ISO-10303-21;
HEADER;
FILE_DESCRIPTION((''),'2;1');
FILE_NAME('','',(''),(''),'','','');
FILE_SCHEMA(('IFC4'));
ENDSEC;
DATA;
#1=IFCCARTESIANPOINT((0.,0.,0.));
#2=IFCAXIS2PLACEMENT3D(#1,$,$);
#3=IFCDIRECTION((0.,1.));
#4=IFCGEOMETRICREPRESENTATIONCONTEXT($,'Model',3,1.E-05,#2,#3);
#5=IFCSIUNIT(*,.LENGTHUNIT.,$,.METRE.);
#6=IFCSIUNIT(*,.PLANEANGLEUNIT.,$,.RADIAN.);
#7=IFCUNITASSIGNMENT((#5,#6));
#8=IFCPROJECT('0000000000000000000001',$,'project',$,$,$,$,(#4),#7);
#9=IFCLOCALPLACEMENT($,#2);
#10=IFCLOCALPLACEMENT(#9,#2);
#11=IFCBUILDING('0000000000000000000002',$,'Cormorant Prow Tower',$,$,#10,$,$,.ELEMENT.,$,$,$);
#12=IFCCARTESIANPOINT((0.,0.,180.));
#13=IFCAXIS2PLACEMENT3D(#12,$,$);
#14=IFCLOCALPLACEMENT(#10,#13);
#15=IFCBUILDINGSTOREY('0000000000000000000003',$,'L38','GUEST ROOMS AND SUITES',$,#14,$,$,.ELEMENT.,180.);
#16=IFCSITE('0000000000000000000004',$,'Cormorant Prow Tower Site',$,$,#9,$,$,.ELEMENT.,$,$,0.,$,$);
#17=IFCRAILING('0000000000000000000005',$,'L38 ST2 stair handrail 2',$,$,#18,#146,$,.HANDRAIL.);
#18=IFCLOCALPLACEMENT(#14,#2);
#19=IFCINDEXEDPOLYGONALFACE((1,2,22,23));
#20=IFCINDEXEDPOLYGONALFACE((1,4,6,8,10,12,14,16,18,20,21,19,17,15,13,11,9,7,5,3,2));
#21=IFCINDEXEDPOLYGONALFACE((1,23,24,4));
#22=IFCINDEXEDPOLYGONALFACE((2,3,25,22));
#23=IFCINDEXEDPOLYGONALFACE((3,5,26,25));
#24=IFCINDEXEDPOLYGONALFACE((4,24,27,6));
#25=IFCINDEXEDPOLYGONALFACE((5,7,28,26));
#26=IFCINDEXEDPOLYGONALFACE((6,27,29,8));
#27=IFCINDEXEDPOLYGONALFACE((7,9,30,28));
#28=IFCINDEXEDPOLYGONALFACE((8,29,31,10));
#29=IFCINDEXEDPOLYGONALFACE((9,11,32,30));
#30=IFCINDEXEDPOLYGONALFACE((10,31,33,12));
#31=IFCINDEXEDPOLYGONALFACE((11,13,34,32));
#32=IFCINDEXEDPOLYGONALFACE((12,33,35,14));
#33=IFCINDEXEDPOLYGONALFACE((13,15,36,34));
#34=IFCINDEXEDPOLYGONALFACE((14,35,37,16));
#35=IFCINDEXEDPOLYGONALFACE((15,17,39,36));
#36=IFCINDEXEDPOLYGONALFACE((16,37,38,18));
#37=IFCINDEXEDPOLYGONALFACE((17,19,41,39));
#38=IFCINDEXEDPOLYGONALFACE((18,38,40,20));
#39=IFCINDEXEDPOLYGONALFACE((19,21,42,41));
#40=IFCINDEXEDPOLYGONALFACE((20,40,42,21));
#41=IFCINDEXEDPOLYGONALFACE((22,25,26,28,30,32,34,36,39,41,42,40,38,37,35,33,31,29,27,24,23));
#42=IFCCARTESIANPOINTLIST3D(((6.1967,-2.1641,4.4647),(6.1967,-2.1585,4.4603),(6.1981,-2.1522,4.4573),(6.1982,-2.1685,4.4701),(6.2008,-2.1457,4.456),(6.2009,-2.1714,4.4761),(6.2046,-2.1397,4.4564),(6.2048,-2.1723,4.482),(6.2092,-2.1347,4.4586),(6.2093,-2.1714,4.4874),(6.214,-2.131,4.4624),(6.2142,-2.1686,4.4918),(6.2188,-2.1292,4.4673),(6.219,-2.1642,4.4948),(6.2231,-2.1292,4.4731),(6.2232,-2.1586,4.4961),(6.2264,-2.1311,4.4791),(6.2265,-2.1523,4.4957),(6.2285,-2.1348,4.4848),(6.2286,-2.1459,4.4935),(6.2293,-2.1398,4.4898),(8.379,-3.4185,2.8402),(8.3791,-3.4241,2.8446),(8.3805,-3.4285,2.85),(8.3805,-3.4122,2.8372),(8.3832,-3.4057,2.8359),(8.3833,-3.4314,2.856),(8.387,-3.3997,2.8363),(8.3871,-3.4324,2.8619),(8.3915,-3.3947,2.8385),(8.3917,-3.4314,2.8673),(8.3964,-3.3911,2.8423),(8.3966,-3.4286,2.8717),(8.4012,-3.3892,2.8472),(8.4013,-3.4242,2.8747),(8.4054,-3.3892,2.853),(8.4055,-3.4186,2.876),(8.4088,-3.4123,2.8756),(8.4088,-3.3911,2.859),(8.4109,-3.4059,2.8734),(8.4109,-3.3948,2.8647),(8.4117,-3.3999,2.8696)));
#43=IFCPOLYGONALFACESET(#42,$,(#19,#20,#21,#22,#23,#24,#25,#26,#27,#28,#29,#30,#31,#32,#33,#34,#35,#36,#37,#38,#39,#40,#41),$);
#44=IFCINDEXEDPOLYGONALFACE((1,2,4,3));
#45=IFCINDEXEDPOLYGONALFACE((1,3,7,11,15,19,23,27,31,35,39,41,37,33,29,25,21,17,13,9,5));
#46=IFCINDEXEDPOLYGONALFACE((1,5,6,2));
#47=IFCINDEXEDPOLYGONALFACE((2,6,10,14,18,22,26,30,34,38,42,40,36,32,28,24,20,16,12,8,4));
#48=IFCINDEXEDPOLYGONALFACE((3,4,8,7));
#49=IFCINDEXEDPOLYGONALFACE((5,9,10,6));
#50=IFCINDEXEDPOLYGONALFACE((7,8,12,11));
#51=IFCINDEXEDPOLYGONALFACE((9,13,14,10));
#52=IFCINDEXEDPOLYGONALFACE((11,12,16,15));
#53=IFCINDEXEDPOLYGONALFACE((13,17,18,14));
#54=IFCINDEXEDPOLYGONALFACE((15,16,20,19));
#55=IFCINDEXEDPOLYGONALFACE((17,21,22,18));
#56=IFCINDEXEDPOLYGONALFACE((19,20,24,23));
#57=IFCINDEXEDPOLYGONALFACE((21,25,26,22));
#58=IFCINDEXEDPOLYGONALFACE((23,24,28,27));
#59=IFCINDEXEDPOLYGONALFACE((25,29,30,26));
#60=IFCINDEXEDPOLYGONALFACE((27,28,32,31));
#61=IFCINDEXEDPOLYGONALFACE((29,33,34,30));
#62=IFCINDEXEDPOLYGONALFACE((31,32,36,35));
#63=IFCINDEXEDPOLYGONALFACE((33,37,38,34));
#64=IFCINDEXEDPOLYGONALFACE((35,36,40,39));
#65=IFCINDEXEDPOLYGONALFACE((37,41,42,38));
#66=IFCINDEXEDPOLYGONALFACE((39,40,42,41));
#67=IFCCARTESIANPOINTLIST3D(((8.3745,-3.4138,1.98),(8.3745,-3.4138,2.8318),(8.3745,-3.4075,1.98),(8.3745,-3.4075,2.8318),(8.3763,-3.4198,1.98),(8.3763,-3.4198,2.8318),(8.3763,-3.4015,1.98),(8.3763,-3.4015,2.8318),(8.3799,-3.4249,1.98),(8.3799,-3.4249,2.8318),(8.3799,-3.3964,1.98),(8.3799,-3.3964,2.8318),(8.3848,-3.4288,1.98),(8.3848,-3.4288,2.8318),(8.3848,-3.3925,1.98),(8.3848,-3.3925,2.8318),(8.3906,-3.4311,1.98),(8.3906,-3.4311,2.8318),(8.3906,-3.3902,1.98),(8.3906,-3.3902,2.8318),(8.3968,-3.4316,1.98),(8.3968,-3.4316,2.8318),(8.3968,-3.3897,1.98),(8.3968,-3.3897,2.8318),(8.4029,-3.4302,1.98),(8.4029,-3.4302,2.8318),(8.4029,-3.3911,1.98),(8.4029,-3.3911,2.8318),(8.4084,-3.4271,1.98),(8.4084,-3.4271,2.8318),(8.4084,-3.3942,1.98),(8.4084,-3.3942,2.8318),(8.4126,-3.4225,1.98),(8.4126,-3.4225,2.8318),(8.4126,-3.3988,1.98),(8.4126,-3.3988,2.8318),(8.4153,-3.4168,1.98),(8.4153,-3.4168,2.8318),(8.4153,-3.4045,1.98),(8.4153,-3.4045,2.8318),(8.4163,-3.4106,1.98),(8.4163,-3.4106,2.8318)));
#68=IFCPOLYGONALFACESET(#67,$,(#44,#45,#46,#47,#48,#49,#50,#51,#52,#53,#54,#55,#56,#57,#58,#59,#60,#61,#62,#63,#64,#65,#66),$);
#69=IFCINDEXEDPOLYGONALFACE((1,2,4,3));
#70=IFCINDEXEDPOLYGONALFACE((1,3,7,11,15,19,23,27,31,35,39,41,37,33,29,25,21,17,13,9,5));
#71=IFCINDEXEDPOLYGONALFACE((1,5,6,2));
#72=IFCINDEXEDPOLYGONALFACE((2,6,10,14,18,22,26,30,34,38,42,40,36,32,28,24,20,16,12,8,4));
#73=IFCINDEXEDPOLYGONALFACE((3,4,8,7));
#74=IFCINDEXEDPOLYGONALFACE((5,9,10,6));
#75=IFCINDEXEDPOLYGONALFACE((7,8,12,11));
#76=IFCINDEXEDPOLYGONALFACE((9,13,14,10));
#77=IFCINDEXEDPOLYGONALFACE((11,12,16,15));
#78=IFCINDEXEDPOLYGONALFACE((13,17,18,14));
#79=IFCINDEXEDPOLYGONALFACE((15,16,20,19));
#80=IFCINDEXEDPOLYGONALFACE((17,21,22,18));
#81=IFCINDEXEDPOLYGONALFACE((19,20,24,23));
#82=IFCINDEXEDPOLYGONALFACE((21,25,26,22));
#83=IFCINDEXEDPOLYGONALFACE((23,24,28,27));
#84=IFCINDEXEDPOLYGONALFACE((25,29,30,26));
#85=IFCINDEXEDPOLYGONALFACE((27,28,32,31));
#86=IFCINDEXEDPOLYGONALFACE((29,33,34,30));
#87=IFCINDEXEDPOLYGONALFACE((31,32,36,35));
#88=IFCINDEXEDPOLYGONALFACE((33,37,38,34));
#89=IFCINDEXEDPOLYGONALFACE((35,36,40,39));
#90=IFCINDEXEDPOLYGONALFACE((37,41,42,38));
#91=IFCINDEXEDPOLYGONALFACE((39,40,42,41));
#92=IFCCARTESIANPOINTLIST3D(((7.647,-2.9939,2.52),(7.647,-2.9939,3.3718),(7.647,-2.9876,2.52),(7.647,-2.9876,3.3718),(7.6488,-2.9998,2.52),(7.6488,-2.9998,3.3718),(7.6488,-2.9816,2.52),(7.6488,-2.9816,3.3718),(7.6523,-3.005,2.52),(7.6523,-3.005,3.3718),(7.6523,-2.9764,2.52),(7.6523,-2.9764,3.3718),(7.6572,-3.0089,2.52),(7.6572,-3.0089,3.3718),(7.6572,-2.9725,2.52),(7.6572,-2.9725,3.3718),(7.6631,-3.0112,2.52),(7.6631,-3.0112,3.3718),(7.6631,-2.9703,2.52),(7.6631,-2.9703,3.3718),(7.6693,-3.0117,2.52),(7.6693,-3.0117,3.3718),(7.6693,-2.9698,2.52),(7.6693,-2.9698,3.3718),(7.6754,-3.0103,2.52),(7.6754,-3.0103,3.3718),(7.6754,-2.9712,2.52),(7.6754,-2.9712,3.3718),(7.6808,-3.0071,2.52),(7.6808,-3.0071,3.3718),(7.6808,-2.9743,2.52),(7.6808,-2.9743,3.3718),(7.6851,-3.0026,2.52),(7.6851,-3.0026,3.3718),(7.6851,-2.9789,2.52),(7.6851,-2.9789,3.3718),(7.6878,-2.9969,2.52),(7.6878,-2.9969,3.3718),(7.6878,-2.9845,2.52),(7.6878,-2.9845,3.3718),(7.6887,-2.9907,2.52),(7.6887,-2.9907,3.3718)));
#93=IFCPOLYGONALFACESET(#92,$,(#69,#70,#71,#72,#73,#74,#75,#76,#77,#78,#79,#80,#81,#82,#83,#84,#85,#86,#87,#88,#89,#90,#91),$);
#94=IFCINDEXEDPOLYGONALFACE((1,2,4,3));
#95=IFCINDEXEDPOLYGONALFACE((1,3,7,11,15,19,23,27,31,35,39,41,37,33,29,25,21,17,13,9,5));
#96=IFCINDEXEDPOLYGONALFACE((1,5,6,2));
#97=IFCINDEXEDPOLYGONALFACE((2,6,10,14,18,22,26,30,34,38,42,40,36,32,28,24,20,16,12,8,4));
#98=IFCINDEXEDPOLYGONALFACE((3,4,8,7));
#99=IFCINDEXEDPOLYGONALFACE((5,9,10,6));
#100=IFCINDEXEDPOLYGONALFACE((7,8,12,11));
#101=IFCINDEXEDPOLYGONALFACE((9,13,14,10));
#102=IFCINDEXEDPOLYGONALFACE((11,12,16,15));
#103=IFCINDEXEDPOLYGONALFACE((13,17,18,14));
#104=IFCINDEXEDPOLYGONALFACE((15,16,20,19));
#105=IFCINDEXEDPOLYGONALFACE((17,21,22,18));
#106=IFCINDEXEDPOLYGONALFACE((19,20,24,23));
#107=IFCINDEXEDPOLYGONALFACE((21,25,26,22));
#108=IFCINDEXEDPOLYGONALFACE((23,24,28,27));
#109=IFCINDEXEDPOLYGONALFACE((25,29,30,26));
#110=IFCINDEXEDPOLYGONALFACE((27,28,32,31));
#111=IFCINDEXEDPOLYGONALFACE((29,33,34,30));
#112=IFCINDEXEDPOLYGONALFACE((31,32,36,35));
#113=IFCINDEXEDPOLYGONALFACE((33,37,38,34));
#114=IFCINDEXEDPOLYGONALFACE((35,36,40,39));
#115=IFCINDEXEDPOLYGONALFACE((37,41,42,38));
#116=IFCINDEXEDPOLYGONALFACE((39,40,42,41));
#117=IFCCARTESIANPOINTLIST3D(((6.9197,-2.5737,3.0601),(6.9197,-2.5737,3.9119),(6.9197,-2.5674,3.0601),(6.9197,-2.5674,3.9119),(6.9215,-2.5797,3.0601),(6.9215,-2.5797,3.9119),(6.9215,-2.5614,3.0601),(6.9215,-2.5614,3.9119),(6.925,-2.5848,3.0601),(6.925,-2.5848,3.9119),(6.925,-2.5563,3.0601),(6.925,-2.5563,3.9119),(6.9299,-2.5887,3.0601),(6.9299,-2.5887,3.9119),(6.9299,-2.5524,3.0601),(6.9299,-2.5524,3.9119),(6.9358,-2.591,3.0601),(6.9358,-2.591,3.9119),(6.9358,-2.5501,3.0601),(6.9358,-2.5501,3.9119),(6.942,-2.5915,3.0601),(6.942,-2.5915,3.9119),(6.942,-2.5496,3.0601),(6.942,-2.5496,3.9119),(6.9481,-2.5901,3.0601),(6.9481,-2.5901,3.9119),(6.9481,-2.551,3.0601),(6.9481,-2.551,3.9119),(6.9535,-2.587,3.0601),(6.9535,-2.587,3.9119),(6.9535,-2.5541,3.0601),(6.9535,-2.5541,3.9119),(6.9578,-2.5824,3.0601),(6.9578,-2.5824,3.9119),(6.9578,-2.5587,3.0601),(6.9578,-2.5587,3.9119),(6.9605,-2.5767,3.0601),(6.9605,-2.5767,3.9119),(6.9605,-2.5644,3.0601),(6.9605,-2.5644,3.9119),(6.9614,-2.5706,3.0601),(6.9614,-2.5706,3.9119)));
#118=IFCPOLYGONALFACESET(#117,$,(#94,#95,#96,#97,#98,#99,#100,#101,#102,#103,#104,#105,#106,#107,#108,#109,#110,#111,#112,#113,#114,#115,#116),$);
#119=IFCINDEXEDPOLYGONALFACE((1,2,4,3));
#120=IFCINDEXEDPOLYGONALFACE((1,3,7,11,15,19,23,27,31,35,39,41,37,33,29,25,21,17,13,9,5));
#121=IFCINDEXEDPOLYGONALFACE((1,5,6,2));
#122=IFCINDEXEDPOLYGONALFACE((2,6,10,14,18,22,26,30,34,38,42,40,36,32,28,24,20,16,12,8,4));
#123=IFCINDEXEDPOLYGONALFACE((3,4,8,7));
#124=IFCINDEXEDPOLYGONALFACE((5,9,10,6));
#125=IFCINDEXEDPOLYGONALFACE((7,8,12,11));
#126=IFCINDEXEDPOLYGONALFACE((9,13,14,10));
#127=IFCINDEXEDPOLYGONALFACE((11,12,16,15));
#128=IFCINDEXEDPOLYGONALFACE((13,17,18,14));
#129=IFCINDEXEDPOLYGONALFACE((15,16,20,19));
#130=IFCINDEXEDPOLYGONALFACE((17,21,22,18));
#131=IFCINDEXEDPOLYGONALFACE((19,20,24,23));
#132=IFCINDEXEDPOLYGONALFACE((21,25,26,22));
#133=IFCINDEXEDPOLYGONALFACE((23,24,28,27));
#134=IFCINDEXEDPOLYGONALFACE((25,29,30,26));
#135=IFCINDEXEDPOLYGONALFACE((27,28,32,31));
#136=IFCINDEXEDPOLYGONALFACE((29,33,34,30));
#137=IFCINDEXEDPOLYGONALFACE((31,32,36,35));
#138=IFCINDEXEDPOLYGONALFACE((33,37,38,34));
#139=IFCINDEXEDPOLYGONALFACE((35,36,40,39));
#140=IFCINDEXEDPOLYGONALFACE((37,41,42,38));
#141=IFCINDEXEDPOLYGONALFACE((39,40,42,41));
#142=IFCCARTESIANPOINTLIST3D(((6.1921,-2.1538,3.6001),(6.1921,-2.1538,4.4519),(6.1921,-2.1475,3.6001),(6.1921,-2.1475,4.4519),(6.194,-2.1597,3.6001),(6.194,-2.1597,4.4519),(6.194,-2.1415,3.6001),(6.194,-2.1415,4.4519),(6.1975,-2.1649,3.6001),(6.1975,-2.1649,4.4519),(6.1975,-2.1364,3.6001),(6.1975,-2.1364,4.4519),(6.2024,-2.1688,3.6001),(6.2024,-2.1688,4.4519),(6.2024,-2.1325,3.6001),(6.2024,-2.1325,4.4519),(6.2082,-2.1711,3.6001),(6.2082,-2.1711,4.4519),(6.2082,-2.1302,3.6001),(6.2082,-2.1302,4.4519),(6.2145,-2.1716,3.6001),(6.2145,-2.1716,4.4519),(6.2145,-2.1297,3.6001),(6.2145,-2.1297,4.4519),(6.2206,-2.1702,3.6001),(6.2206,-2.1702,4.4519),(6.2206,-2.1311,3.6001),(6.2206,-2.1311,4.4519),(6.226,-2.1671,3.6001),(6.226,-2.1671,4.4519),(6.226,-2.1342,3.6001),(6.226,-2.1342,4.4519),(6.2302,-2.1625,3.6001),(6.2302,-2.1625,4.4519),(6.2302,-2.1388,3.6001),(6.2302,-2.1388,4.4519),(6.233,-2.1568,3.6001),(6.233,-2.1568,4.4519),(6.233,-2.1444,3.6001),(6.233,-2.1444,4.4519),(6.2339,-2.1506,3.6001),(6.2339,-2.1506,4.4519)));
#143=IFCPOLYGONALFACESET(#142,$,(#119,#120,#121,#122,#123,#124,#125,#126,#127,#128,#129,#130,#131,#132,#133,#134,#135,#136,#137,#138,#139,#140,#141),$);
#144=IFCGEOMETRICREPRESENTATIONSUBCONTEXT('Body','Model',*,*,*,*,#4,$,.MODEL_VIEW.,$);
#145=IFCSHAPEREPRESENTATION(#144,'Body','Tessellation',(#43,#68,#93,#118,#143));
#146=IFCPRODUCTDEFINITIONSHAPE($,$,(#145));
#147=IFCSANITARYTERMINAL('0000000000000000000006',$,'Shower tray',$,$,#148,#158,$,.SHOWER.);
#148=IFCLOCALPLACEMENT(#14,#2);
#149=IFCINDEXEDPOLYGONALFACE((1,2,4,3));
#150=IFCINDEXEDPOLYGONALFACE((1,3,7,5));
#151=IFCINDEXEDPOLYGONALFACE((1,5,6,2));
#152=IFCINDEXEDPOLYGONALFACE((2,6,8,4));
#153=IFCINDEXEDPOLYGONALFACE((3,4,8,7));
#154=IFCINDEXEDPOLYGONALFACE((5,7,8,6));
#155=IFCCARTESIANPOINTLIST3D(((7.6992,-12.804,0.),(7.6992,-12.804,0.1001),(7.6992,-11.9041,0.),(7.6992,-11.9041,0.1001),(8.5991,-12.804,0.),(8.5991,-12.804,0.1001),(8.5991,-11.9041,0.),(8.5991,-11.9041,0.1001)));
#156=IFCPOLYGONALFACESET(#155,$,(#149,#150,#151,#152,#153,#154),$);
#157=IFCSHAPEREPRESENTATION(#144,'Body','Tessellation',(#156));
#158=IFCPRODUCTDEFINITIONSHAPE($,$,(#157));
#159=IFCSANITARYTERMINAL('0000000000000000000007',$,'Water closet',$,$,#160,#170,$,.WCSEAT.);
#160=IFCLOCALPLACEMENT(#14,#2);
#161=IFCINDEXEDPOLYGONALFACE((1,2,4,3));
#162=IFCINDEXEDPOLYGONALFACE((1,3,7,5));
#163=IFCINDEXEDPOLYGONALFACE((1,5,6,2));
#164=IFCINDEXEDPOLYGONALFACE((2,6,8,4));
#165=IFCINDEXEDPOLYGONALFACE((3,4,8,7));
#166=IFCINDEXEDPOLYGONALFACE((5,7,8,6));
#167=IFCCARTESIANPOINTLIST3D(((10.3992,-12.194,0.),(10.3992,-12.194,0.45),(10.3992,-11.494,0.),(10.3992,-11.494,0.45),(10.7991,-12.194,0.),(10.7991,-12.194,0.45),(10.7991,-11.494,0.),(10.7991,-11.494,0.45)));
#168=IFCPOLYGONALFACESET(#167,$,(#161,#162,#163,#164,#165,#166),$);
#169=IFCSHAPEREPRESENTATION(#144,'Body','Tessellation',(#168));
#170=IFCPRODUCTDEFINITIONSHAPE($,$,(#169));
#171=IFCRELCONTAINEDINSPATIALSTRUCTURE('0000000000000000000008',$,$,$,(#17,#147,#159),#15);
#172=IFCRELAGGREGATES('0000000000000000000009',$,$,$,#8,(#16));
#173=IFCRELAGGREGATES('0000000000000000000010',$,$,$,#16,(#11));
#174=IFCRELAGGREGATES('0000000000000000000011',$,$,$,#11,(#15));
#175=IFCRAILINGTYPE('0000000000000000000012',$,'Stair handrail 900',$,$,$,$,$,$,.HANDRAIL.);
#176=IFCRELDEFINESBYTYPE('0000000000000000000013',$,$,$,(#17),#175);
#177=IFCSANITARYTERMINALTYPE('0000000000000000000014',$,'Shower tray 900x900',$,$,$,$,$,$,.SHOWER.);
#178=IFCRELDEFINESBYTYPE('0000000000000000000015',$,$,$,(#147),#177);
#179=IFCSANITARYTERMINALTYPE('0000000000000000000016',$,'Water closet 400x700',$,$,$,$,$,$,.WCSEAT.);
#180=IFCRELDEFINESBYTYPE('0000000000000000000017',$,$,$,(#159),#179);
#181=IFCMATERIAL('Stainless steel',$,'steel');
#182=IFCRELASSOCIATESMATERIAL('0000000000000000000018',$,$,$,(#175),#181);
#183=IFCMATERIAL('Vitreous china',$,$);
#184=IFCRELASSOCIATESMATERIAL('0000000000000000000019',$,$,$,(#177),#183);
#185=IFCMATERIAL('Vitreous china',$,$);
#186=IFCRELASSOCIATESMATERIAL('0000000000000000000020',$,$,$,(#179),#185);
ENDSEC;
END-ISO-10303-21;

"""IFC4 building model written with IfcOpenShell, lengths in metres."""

from ifc_helpers import new_model, si_unit, direction, frame, origin, origin_2d, place, context, subcontext, project, spatial, rectangle, circle, extrude, material, type_object, element, save


model = new_model("IFC4")

# Units and contexts
model_context = context("Model", 3, precision=1e-05, world=origin(), true_north=direction((0.0, 1.0)))
body_context = subcontext(model_context, "Body", "Model", "MODEL_VIEW")
ifc_project = project(units=[si_unit("LENGTHUNIT", "METRE"), si_unit("PLANEANGLEUNIT", "RADIAN")], contexts=[model_context])

# Site, building, storey
site_placement = place(None, origin())
site = spatial("IfcSite", under=ifc_project, at=site_placement, Name="Cormorant Prow Tower Site", CompositionType="ELEMENT", RefElevation=0.0)
building_placement = place(site_placement, origin())
building = spatial("IfcBuilding", under=site, at=building_placement, Name="Cormorant Prow Tower", CompositionType="ELEMENT")
storey_placement = place(building_placement, frame((0.0, 0.0, 180.0)))
storey = spatial("IfcBuildingStorey", under=building, at=storey_placement, Name="L38", Description="GUEST ROOMS AND SUITES", CompositionType="ELEMENT", Elevation=180.0)

# Railing
ifc_material_1 = material(Name="Stainless steel", Category="steel")
railing_type_1 = type_object("IfcRailingType", Name="Stair handrail 900", PredefinedType="HANDRAIL", material=ifc_material_1)
railing_1_placement = place(storey_placement, frame((8.3953, -3.4106, 1.98)))
element("IfcRailing", 1, at=railing_1_placement, inside=storey, type_object=railing_type_1, Name="L38 ST2 stair handrail 2", PredefinedType="HANDRAIL", context=body_context, shape_type="SweptSolid", body=[
    extrude(circle(Radius=0.0239, at=origin_2d()), frame((0.0, 0.0, 0.876), z_axis=(-0.728464, 0.420584, 0.540786), x_axis=(-0.500005, -0.866023, 0.0)), (0.0, 0.0, 1.0), 2.9958),
    extrude(circle(Radius=0.021, at=origin_2d()), origin(), (0.0, 0.0, 1.0), 0.8518),
    extrude(circle(Radius=0.021, at=origin_2d()), frame((-0.7275, 0.4199, 0.54)), (0.0, 0.0, 1.0), 0.8518),
    extrude(circle(Radius=0.021, at=origin_2d()), frame((-1.4548, 0.8401, 1.0801)), (0.0, 0.0, 1.0), 0.8518),
    extrude(circle(Radius=0.021, at=origin_2d()), frame((-2.1824, 1.26, 1.6201)), (0.0, 0.0, 1.0), 0.8518),
])

# Sanitary terminals
ifc_material_2 = material(Name="Vitreous china")
sanitary_terminal_type_1 = type_object("IfcSanitaryTerminalType", Name="Shower tray 900x900", PredefinedType="SHOWER", material=ifc_material_2)
sanitary_terminal_1_placement = place(storey_placement, frame((8.1492, -12.354, 0.0), z_axis=(0.0, 0.0, 1.0), x_axis=(1.0, 0.0, 0.0)))
element("IfcSanitaryTerminal", 2, at=sanitary_terminal_1_placement, inside=storey, type_object=sanitary_terminal_type_1, Name="Shower tray", PredefinedType="SHOWER", context=body_context, shape_type="SweptSolid", body=[
    extrude(rectangle(XDim=0.8999, YDim=0.8999, at=origin_2d()), origin(), (0.0, 0.0, 1.0), 0.1001),
])
ifc_material_3 = material(Name="Vitreous china")
sanitary_terminal_type_2 = type_object("IfcSanitaryTerminalType", Name="Water closet 400x700", PredefinedType="WCSEAT", material=ifc_material_3)
sanitary_terminal_2_placement = place(storey_placement, frame((10.5991, -11.844, 0.0), z_axis=(0.0, 0.0, 1.0), x_axis=(1.0, 0.0, 0.0)))
element("IfcSanitaryTerminal", 3, at=sanitary_terminal_2_placement, inside=storey, type_object=sanitary_terminal_type_2, Name="Water closet", PredefinedType="WCSEAT", context=body_context, shape_type="SweptSolid", body=[
    extrude(rectangle(XDim=0.3999, YDim=0.7, at=origin_2d()), origin(), (0.0, 0.0, 1.0), 0.45),
])

save(model, "model.ifc")
